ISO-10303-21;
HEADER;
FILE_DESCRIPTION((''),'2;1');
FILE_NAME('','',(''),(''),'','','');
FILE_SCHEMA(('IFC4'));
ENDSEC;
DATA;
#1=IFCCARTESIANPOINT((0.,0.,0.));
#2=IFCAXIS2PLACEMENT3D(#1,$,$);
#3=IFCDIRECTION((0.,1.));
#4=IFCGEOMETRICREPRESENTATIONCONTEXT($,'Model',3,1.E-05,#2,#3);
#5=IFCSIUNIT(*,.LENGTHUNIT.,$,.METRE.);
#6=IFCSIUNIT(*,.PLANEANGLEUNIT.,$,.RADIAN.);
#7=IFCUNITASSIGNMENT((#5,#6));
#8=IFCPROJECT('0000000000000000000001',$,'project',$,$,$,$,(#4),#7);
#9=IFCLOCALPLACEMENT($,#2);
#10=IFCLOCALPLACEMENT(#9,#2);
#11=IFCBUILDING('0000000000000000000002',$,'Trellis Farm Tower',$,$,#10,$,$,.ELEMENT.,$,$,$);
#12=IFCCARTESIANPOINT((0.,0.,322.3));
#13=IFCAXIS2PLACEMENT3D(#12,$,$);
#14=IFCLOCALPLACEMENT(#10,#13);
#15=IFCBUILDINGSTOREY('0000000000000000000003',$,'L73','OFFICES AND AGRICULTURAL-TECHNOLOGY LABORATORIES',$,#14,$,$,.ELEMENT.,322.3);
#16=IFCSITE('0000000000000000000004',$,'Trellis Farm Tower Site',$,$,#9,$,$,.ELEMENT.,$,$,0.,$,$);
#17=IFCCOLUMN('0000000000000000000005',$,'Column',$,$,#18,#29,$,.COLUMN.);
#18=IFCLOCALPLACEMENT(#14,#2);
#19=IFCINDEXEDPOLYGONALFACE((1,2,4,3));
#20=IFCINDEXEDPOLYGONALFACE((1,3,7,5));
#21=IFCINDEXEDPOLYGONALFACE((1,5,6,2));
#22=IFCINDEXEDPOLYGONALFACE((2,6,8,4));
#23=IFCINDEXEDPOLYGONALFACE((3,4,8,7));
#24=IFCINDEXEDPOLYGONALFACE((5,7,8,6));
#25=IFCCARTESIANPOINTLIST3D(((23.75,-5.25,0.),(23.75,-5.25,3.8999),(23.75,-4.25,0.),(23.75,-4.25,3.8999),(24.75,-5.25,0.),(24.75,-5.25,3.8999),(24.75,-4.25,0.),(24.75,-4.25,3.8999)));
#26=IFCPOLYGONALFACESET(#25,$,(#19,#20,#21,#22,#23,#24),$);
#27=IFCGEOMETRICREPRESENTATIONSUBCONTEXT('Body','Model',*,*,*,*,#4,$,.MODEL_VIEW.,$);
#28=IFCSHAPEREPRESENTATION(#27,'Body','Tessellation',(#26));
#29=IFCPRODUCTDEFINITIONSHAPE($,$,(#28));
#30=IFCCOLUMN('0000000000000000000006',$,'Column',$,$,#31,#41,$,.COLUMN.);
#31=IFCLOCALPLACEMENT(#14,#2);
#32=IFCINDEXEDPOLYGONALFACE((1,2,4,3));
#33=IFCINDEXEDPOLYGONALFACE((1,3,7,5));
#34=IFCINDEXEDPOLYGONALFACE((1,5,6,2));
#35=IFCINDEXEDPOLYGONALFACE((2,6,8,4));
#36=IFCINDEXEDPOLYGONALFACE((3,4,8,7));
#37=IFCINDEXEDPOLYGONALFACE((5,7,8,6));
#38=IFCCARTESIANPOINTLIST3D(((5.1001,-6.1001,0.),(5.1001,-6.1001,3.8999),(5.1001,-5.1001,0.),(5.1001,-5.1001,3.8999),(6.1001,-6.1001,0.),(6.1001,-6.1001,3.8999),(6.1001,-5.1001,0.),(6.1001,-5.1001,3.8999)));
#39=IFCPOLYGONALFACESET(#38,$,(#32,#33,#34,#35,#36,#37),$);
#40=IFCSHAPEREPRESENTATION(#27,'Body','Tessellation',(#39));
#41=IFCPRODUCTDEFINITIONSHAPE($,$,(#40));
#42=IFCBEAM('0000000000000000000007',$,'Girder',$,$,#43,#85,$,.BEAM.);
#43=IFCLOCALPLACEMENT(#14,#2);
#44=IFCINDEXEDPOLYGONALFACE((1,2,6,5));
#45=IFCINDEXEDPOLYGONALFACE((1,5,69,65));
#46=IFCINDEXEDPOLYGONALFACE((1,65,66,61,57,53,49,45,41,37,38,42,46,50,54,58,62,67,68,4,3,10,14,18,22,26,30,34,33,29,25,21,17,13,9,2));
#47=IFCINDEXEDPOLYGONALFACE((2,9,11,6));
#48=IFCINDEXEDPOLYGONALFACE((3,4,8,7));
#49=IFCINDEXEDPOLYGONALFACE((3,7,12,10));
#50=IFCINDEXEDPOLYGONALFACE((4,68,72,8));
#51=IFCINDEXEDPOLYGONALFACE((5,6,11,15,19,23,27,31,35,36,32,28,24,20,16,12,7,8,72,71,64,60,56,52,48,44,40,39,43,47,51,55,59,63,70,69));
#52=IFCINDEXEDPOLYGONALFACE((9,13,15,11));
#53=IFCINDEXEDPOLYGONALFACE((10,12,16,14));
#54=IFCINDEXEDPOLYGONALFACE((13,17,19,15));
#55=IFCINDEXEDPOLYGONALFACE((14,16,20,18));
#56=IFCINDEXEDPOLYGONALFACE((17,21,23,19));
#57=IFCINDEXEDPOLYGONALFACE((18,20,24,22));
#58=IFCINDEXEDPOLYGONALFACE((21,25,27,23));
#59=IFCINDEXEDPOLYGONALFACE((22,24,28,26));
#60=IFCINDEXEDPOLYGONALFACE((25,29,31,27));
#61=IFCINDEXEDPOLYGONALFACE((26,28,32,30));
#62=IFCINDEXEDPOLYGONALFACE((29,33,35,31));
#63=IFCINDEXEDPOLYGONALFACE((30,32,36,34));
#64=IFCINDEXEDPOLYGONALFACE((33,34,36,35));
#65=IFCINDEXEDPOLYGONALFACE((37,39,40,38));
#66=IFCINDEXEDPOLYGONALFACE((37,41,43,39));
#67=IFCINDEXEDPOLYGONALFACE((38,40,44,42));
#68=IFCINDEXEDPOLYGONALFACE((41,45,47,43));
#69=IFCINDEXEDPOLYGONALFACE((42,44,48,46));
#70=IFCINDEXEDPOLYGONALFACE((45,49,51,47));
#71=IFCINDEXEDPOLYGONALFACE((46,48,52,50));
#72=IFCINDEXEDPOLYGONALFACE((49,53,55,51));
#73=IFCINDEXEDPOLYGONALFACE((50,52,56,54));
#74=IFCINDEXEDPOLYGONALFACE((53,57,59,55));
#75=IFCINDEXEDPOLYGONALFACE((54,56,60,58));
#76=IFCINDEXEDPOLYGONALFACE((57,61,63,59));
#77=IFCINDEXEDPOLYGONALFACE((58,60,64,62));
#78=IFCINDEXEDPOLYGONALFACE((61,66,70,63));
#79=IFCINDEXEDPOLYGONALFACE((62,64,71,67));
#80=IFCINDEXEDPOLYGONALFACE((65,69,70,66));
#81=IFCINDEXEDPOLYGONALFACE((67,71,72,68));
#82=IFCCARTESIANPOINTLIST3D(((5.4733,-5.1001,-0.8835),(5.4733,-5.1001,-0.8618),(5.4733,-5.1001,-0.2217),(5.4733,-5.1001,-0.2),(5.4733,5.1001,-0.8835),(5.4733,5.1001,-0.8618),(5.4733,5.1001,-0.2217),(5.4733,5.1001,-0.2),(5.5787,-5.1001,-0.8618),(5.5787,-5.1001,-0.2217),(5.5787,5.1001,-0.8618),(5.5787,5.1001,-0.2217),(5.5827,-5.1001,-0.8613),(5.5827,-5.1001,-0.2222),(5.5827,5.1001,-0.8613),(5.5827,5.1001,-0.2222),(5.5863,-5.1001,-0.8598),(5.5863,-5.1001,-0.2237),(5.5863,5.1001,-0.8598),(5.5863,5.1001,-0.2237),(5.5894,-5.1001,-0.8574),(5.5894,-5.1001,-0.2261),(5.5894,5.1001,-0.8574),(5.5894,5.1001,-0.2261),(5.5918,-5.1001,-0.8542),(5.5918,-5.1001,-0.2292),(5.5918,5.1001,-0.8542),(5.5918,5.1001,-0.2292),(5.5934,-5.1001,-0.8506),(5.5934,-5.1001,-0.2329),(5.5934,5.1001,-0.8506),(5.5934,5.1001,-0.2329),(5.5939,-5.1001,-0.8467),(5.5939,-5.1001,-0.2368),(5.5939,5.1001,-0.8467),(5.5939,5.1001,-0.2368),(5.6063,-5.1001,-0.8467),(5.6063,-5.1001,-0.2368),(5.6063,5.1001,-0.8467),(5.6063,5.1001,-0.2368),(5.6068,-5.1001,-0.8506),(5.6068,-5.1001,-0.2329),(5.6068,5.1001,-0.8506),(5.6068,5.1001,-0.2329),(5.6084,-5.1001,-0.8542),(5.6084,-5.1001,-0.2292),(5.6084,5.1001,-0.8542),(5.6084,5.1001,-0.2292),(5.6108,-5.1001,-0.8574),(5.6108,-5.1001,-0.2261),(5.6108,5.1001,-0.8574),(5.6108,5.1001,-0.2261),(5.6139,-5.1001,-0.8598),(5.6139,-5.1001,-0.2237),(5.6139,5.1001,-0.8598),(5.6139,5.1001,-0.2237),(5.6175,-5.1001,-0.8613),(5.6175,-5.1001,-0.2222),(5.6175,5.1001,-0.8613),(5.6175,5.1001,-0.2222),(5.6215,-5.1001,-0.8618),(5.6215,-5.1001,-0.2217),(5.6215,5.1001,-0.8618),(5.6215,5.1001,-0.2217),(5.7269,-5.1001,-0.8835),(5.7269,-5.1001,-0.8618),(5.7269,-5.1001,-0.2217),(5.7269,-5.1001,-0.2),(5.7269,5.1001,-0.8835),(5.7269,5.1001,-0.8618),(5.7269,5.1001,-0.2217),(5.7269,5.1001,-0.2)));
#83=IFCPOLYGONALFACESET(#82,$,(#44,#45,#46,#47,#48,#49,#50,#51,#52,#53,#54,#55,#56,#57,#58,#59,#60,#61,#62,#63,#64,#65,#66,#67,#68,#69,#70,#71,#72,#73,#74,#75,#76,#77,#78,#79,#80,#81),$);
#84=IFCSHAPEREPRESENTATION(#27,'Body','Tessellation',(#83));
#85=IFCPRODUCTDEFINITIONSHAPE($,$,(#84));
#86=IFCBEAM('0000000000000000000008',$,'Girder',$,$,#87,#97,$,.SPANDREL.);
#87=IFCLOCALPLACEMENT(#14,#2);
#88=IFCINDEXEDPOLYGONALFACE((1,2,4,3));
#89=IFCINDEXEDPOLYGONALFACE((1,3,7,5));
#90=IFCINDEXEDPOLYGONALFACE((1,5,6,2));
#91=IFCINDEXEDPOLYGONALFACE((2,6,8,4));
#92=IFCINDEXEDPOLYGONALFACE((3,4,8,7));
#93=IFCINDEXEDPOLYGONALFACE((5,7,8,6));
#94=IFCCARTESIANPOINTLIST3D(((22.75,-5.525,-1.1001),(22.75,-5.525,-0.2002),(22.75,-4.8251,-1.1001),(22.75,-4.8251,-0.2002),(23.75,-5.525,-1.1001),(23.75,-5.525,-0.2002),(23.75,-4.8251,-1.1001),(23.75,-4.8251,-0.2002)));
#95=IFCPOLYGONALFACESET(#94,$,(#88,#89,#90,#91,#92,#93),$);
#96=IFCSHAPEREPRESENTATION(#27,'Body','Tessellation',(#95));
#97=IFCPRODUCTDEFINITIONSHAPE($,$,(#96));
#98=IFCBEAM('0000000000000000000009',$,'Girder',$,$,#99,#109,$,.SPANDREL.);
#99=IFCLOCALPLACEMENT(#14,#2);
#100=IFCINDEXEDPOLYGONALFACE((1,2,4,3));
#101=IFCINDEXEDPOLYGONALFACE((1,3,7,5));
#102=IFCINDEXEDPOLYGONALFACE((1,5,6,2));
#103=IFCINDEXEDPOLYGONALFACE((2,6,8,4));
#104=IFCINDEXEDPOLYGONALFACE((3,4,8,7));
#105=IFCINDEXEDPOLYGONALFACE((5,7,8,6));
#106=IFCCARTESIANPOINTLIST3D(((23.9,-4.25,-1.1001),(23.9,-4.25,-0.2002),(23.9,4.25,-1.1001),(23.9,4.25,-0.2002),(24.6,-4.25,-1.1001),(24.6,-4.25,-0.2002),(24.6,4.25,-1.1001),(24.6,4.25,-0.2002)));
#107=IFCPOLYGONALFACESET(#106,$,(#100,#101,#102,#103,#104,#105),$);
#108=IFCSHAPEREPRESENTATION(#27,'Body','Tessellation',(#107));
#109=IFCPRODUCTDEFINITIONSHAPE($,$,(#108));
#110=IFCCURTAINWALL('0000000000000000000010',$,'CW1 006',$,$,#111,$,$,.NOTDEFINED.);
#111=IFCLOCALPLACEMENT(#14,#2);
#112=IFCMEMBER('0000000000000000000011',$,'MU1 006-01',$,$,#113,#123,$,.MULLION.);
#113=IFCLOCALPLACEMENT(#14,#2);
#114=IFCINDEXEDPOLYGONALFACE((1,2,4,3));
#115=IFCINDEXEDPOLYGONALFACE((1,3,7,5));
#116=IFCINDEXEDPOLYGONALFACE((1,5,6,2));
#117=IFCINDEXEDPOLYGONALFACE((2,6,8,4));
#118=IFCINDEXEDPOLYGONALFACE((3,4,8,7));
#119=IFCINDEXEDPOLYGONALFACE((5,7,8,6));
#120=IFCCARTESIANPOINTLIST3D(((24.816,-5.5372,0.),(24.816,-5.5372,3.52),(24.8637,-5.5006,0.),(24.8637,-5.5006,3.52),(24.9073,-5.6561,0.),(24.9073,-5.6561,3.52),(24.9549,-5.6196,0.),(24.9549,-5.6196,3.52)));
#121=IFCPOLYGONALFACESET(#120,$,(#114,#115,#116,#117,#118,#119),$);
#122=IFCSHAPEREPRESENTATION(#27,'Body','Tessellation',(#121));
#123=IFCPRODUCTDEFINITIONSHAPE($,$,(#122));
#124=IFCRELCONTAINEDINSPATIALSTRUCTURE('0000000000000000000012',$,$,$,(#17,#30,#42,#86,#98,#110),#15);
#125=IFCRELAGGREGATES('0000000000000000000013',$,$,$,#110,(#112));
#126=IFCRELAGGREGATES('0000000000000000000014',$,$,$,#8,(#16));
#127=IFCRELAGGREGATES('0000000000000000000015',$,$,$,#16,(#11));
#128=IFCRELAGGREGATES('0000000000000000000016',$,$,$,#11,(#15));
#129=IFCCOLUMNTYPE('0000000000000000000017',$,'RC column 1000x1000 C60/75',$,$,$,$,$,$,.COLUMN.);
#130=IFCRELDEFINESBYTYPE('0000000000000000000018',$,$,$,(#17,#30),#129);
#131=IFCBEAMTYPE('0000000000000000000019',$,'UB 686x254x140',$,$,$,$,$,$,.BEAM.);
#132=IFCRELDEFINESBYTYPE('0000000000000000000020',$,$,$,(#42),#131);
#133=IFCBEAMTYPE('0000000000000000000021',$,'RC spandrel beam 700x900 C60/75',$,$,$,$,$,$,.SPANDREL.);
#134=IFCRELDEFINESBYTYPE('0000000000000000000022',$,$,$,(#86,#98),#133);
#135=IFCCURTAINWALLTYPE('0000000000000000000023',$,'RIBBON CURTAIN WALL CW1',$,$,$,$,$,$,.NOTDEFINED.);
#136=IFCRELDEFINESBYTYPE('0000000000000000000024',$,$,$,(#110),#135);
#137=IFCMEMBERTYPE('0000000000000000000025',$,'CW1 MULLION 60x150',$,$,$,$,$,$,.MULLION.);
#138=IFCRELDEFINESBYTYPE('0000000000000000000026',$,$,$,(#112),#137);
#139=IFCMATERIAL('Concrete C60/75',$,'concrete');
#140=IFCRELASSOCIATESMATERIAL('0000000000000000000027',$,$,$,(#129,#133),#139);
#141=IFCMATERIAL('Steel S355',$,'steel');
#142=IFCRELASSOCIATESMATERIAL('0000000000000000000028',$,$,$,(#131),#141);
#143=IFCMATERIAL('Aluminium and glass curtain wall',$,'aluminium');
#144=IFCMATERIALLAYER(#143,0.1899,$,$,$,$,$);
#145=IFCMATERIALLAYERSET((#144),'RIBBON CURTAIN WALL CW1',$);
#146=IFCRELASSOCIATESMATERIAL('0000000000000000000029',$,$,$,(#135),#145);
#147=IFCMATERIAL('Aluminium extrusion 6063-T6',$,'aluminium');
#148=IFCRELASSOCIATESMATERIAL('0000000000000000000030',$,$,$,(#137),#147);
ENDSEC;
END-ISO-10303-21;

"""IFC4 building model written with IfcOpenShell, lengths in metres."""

from ifc_helpers import new_model, si_unit, direction, frame, origin, origin_2d, place, context, subcontext, project, spatial, rectangle, i_section, extrude, source, transform, mapped, material, layer, layer_set, material_profile, profile_set, type_object, element, aggregate, save


model = new_model("IFC4")

# Units and contexts
model_context = context("Model", 3, precision=1e-05, world=origin(), true_north=direction((0.0, 1.0)))
body_context = subcontext(model_context, "Body", "Model", "MODEL_VIEW")
ifc_project = project(units=[si_unit("LENGTHUNIT", "METRE"), si_unit("PLANEANGLEUNIT", "RADIAN")], contexts=[model_context])

# Site, building, storey
site_placement = place(None, origin())
site = spatial("IfcSite", under=ifc_project, at=site_placement, Name="Trellis Farm Tower Site", CompositionType="ELEMENT", RefElevation=0.0)
building_placement = place(site_placement, origin())
building = spatial("IfcBuilding", under=site, at=building_placement, Name="Trellis Farm Tower", CompositionType="ELEMENT")
storey_placement = place(building_placement, frame((0.0, 0.0, 322.3)))
storey = spatial("IfcBuildingStorey", under=building, at=storey_placement, Name="L73", Description="OFFICES AND AGRICULTURAL-TECHNOLOGY LABORATORIES", CompositionType="ELEMENT", Elevation=322.3)

# Columns
ifc_material_1 = material(Name="Concrete C60/75", Category="concrete")
ifc_material_profile_1 = material_profile(ifc_material_1, rectangle(XDim=1.0, YDim=1.0, at=origin_2d()), Name="RC column 1000x1000 C60/75")
ifc_profile_set_1 = profile_set([ifc_material_profile_1], Name="Concrete C60/75")
column_type = type_object("IfcColumnType", Name="RC column 1000x1000 C60/75", PredefinedType="COLUMN", material=ifc_profile_set_1)
shared_shape_1 = source(origin(), body_context, "Body", "SweptSolid", [
    extrude(rectangle(XDim=1.0, YDim=1.0, at=origin_2d()), origin(), (0.0, 0.0, 1.0), 3.8999),
])
for number, where, z_axis, x_axis, name in (
    (1, (24.25, -4.75, 0.0), (0.0, 0.0, 1.0), (1.0, 0.0, 0.0), "Column"),
    (2, (5.6001, -5.6001, 0.0), (0.0, 0.0, 1.0), (1.0, 0.0, 0.0), "Column"),
):
    element("IfcColumn", number, at=place(storey_placement, frame(where, z_axis=z_axis, x_axis=x_axis)), inside=storey, type_object=column_type, Name=name, PredefinedType="COLUMN", context=body_context, shape_type="MappedRepresentation", body=[
        mapped(shared_shape_1, transform((0.0, 0.0, 0.0))),
    ])

# Beams
ifc_material_2 = material(Name="Steel S355", Category="steel")
ifc_material_profile_2 = material_profile(ifc_material_2, i_section(OverallWidth=0.2537, OverallDepth=0.6836, WebThickness=0.0125, FlangeThickness=0.0217, FilletRadius=0.0151, at=origin_2d()), Name="UB 686x254x140")
ifc_profile_set_2 = profile_set([ifc_material_profile_2], Name="Steel S355")
beam_type_1 = type_object("IfcBeamType", Name="UB 686x254x140", PredefinedType="BEAM", material=ifc_profile_set_2)
shared_shape_2 = source(origin(), body_context, "Body", "SweptSolid", [
    extrude(i_section(OverallWidth=0.2537, OverallDepth=0.6836, WebThickness=0.0125, FlangeThickness=0.0217, FilletRadius=0.0151, at=origin_2d()), origin(), (0.0, 0.0, 1.0), 10.2002),
])
beam_1_placement = place(storey_placement, frame((5.6001, -5.1001, -0.5417), z_axis=(0.0, 1.0, 0.0), x_axis=(-1.0, 0.0, 0.0)))
element("IfcBeam", 3, at=beam_1_placement, inside=storey, type_object=beam_type_1, Name="Girder", PredefinedType="BEAM", context=body_context, shape_type="MappedRepresentation", body=[
    mapped(shared_shape_2, transform((0.0, 0.0, 0.0))),
])
ifc_material_profile_3 = material_profile(ifc_material_1, rectangle(XDim=0.7, YDim=0.8999, at=origin_2d()), Name="RC spandrel beam 700x900 C60/75")
ifc_profile_set_3 = profile_set([ifc_material_profile_3], Name="Concrete C60/75")
beam_type_2 = type_object("IfcBeamType", Name="RC spandrel beam 700x900 C60/75", PredefinedType="SPANDREL", material=ifc_profile_set_3)
shared_shape_3 = source(origin(), body_context, "Body", "SweptSolid", [
    extrude(rectangle(XDim=0.7, YDim=0.8999, at=origin_2d()), origin(), (0.0, 0.0, 1.0), 1.0),
])
beam_2_placement = place(storey_placement, frame((22.75, -5.175, -0.6501), z_axis=(1.0, 0.0, 0.0), x_axis=(0.0, 1.0, 0.0)))
element("IfcBeam", 4, at=beam_2_placement, inside=storey, type_object=beam_type_2, Name="Girder", PredefinedType="SPANDREL", context=body_context, shape_type="MappedRepresentation", body=[
    mapped(shared_shape_3, transform((0.0, 0.0, 0.0))),
])
shared_shape_4 = source(origin(), body_context, "Body", "SweptSolid", [
    extrude(rectangle(XDim=0.7, YDim=0.8999, at=origin_2d()), origin(), (0.0, 0.0, 1.0), 8.5),
])
beam_3_placement = place(storey_placement, frame((24.25, -4.25, -0.6501), z_axis=(0.0, 1.0, 0.0), x_axis=(-1.0, 0.0, 0.0)))
element("IfcBeam", 5, at=beam_3_placement, inside=storey, type_object=beam_type_2, Name="Girder", PredefinedType="SPANDREL", context=body_context, shape_type="MappedRepresentation", body=[
    mapped(shared_shape_4, transform((0.0, 0.0, 0.0))),
])

# Curtain wall, member
ifc_material_3 = material(Name="Aluminium and glass curtain wall", Category="aluminium")
ifc_layer_1 = layer(ifc_material_3, 0.1899)
ifc_layer_set_1 = layer_set([ifc_layer_1], Name="RIBBON CURTAIN WALL CW1")
curtain_wall_type = type_object("IfcCurtainWallType", Name="RIBBON CURTAIN WALL CW1", PredefinedType="NOTDEFINED", material=ifc_layer_set_1)
placement = place(storey_placement, origin())
curtain_wall = element("IfcCurtainWall", 6, at=placement, inside=storey, type_object=curtain_wall_type, Name="CW1 006", PredefinedType="NOTDEFINED")
ifc_material_4 = material(Name="Aluminium extrusion 6063-T6", Category="aluminium")
ifc_material_profile_4 = material_profile(ifc_material_4, rectangle(XDim=0.0601, YDim=0.1499, at=origin_2d()), Name="MULLION 60x150")
ifc_profile_set_4 = profile_set([ifc_material_profile_4], Name="Aluminium extrusion 6063-T6")
member_type = type_object("IfcMemberType", Name="CW1 MULLION 60x150", PredefinedType="MULLION", material=ifc_profile_set_4)
shared_shape_5 = source(origin(), body_context, "Body", "SweptSolid", [
    extrude(rectangle(XDim=0.0601, YDim=0.1499, at=origin_2d()), origin(), (0.0, 0.0, 1.0), 3.52),
])
member_placement = place(storey_placement, frame((24.8855, -5.5784, 0.0), z_axis=(0.0, 0.0, 1.0), x_axis=(0.793353, 0.608761, 0.0)))
member = element("IfcMember", 7, at=member_placement, type_object=member_type, Name="MU1 006-01", PredefinedType="MULLION", context=body_context, shape_type="MappedRepresentation", body=[
    mapped(shared_shape_5, transform((0.0, 0.0, 0.0))),
])
aggregate(curtain_wall, [member])

save(model, "model.ifc")
